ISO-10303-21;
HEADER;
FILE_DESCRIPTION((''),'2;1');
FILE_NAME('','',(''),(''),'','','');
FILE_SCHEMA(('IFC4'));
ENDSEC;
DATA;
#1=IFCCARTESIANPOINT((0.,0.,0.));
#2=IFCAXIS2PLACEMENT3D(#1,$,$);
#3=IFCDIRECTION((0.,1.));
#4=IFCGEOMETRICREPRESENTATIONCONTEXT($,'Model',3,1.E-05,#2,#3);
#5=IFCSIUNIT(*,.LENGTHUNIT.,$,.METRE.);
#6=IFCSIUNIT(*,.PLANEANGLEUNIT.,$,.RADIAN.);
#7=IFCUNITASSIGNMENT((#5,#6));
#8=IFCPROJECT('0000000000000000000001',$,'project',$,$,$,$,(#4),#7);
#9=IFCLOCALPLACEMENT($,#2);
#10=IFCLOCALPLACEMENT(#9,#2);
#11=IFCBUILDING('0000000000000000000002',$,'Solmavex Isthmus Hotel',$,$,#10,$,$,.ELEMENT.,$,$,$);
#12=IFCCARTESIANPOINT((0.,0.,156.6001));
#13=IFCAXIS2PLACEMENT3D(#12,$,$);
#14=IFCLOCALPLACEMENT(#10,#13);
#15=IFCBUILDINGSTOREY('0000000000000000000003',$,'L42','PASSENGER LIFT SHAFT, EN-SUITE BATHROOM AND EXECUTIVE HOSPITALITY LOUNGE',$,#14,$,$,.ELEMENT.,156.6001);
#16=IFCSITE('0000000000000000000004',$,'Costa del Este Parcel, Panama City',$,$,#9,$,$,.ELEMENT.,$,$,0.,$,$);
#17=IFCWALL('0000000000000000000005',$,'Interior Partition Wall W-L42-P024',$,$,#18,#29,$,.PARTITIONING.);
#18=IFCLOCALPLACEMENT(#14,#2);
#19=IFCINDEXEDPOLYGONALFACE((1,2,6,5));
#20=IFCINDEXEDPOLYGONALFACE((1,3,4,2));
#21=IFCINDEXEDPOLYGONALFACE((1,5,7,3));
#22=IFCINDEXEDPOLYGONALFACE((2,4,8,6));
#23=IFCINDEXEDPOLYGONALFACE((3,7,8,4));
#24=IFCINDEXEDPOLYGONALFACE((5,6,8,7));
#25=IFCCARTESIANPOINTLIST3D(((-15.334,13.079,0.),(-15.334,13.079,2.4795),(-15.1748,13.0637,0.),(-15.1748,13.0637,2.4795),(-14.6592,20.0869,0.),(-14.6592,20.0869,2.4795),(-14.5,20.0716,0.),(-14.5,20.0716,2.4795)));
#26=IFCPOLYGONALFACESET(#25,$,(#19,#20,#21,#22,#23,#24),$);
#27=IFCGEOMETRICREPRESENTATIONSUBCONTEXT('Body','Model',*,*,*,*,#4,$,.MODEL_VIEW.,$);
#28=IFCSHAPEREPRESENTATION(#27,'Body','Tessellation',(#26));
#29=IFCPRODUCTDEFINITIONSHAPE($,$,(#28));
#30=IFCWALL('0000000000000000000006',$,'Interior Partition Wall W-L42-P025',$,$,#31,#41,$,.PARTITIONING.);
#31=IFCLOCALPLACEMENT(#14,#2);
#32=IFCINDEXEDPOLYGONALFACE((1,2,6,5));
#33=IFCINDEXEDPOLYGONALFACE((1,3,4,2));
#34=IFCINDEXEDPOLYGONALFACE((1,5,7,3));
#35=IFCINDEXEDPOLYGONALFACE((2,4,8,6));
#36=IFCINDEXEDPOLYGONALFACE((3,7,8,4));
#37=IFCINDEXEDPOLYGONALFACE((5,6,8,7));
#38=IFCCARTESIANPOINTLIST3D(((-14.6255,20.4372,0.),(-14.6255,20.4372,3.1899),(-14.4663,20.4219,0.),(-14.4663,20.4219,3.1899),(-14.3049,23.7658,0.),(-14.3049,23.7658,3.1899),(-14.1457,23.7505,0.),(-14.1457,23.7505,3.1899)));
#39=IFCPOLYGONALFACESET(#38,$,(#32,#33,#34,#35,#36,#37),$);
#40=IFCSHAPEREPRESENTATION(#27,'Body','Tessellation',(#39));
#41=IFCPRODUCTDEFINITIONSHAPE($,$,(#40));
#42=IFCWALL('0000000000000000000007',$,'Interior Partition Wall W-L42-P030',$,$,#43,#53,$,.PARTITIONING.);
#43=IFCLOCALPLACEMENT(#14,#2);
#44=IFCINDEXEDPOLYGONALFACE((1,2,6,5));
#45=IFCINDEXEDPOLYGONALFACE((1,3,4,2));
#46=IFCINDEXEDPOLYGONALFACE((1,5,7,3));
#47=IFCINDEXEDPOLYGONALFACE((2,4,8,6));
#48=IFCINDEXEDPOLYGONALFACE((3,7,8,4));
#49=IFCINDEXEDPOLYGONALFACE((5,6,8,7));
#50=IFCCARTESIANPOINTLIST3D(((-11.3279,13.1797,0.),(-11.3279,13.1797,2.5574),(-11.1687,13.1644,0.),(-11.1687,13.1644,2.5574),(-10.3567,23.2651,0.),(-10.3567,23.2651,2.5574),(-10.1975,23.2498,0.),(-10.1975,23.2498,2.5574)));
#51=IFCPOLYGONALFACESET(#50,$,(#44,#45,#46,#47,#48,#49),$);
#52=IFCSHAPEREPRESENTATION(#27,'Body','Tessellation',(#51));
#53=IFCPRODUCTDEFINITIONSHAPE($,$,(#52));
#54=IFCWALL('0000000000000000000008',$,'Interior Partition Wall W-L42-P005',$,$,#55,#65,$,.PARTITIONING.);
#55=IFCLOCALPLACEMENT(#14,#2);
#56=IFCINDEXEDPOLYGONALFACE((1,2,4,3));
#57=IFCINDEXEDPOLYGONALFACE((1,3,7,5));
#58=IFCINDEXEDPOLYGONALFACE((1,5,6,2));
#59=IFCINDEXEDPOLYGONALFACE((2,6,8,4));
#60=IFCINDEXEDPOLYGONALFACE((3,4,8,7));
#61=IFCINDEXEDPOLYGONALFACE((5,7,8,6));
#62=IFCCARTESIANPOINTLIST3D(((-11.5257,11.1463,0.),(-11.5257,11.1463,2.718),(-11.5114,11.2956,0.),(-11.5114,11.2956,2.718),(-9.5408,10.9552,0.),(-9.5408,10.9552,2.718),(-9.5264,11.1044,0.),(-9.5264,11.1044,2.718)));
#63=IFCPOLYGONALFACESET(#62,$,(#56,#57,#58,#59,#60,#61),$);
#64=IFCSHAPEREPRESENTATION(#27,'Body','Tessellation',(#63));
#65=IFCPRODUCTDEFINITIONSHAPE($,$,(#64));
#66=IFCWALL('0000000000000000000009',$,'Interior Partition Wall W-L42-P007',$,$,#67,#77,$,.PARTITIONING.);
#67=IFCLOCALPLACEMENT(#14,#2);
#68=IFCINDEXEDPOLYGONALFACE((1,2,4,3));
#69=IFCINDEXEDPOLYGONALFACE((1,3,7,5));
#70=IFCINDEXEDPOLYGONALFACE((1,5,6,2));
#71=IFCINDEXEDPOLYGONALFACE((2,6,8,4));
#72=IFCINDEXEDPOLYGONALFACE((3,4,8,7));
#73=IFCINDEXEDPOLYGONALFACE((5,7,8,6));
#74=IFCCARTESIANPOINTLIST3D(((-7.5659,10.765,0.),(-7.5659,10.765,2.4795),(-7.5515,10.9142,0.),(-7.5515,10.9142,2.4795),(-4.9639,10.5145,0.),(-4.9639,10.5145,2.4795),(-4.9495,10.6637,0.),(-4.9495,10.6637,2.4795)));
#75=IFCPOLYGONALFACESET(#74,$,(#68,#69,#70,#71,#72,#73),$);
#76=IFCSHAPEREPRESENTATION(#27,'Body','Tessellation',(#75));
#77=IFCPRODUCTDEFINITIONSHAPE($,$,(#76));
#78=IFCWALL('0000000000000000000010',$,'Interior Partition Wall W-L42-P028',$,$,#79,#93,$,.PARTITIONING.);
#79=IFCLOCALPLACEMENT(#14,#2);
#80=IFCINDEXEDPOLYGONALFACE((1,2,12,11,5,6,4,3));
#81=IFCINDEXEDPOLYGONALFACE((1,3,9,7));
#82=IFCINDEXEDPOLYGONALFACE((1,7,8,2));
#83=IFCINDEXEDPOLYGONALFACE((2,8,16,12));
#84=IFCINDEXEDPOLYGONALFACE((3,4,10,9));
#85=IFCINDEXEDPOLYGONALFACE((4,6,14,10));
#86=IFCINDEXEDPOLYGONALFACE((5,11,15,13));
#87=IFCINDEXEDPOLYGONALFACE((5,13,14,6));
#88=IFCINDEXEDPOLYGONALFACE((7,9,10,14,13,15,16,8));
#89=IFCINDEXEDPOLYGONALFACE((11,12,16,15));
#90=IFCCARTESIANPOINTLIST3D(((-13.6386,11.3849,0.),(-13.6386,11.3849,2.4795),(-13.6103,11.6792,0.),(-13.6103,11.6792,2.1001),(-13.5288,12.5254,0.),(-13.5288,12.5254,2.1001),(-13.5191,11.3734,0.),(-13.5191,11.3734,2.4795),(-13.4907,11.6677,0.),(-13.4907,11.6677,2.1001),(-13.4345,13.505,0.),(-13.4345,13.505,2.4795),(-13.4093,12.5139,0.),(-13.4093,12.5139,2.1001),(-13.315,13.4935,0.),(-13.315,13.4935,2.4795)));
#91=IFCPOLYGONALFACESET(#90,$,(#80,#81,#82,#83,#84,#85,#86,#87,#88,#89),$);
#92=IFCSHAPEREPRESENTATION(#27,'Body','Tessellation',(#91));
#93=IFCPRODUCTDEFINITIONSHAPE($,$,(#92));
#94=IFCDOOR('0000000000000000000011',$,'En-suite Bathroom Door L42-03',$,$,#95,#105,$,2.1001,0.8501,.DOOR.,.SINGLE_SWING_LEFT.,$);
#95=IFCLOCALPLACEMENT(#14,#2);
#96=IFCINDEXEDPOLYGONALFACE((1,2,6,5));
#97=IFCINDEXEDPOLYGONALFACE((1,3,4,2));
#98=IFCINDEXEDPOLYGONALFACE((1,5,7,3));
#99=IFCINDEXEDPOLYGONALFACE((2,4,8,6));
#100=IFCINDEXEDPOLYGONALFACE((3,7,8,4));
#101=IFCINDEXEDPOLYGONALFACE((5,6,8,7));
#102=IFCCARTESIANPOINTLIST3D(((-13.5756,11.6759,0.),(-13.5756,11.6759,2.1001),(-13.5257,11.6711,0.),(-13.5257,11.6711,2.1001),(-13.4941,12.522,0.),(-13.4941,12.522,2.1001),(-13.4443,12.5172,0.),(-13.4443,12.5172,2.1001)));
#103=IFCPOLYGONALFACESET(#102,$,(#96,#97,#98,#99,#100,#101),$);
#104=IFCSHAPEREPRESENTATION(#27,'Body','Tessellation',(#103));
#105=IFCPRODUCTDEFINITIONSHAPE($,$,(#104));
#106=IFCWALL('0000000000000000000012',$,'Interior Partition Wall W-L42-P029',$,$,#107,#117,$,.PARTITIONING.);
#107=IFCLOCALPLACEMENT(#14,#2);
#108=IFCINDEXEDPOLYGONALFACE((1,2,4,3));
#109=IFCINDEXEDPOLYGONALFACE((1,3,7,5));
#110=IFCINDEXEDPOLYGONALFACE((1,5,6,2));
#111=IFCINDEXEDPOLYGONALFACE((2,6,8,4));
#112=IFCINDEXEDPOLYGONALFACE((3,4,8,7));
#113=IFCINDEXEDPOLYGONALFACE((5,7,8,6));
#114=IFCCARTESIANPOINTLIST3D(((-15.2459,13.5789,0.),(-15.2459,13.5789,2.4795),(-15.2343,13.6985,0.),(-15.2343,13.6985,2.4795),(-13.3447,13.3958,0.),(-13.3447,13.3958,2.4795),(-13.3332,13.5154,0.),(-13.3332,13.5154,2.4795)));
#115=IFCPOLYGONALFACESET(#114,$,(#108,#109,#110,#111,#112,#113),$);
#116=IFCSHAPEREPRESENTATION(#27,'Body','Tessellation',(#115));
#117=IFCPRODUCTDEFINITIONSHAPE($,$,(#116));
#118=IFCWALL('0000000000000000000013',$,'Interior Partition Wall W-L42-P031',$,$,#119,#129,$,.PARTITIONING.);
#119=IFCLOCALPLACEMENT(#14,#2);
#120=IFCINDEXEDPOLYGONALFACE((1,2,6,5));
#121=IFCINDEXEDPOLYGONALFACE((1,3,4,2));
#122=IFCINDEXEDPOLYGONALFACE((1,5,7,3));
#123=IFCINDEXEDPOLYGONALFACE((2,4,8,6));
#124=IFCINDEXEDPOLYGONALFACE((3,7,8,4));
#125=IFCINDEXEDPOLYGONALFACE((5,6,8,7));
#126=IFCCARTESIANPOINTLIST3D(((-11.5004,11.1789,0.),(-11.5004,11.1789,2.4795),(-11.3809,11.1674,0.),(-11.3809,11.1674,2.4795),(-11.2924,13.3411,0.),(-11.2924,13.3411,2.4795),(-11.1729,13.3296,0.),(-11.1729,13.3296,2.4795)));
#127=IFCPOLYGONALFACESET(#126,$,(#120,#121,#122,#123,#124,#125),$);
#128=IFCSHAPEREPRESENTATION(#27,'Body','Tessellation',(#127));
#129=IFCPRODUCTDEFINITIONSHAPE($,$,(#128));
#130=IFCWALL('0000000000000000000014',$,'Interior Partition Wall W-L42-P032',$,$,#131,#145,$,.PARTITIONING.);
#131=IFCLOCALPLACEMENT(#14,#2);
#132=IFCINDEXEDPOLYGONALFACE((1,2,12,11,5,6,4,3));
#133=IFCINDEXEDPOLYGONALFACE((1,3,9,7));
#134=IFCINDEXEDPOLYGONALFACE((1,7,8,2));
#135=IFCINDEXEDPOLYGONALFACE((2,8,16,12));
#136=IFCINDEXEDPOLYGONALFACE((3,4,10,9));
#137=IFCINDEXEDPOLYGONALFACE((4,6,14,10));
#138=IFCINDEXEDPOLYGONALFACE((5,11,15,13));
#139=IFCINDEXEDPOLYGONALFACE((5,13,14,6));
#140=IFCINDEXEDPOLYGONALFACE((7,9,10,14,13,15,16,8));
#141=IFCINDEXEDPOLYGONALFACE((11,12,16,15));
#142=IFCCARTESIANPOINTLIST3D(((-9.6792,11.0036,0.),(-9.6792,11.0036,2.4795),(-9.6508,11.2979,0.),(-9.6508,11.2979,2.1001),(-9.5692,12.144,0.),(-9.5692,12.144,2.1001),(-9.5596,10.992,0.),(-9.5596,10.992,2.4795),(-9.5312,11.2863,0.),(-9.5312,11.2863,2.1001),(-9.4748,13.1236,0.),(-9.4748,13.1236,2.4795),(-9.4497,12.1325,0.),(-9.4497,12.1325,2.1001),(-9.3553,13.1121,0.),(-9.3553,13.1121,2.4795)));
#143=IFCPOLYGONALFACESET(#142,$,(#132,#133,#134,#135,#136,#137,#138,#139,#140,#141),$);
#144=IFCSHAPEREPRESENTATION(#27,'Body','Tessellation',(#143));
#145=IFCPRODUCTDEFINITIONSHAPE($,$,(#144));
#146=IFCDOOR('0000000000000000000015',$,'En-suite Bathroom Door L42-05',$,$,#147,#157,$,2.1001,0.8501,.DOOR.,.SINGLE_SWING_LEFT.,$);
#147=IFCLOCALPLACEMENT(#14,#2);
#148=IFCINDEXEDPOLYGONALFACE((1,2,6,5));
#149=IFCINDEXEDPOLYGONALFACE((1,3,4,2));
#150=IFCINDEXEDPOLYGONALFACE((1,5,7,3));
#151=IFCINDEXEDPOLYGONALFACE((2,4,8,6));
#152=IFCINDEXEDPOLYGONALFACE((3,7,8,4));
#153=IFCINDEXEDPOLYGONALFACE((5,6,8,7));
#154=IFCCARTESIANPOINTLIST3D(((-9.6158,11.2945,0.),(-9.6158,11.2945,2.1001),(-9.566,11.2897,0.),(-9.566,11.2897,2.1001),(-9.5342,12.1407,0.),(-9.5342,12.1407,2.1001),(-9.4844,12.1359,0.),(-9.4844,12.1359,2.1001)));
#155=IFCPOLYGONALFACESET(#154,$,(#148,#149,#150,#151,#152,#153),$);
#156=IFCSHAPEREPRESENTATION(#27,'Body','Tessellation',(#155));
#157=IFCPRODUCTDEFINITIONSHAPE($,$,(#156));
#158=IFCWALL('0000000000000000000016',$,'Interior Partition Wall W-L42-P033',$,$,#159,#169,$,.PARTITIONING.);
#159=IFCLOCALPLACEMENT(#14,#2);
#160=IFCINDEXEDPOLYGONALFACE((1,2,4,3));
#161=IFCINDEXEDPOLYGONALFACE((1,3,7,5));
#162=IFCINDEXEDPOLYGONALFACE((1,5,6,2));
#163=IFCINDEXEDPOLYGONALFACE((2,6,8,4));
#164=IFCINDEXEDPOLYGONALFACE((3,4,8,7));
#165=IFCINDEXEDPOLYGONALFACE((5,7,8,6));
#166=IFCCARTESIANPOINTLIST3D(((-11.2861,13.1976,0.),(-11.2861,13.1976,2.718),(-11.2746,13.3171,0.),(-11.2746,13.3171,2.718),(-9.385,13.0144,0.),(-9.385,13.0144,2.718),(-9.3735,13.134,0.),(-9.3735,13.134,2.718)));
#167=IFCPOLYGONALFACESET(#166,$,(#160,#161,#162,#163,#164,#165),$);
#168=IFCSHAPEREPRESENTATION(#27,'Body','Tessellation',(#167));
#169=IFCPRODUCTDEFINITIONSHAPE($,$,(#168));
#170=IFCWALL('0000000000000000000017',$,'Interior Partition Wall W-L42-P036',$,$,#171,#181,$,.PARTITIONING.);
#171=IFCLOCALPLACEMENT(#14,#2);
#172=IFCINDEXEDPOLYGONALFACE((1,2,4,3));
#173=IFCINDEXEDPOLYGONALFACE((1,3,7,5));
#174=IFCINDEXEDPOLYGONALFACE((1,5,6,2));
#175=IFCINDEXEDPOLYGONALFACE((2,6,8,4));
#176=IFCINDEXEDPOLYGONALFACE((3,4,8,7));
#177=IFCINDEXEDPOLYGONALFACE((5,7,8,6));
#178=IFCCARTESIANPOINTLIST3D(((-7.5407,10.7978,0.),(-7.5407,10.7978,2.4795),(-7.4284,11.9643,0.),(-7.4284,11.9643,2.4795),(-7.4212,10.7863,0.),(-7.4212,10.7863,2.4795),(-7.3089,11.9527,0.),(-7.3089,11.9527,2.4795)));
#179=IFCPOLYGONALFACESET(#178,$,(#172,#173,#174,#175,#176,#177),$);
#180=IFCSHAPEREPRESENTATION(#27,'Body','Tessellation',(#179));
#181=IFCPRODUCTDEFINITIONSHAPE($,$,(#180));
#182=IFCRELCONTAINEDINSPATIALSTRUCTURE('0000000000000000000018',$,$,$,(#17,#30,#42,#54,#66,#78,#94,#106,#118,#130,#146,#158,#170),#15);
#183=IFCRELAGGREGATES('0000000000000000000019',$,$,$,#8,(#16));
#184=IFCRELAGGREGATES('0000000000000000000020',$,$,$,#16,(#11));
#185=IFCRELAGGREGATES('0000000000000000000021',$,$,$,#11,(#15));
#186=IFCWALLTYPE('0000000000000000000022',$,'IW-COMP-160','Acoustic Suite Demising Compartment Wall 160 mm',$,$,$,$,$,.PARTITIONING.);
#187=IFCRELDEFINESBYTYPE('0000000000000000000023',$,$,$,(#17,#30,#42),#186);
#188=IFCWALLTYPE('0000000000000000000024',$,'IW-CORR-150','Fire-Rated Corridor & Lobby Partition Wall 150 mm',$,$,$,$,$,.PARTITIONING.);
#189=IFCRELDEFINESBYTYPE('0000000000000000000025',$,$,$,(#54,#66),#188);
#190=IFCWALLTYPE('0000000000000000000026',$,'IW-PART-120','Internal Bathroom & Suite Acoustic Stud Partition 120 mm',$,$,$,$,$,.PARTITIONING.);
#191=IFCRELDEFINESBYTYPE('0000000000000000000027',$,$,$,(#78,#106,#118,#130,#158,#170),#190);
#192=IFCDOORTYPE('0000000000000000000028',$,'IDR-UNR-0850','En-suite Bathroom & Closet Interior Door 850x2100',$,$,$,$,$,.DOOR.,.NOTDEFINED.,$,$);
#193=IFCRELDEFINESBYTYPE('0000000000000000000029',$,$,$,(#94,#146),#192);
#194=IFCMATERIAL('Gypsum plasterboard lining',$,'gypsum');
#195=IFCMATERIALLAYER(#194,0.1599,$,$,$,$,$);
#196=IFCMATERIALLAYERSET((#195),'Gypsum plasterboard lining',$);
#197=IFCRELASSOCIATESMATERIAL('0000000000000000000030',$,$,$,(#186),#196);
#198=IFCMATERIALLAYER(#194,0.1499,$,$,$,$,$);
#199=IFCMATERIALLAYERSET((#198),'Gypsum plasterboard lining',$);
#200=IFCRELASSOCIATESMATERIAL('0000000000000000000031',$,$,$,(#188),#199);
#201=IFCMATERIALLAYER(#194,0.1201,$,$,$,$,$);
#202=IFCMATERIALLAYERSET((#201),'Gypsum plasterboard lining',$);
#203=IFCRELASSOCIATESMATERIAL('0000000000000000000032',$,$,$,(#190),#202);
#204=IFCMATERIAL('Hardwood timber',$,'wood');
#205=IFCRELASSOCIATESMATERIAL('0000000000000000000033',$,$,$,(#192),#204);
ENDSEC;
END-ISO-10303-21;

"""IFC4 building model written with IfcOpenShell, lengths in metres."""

from ifc_helpers import new_model, si_unit, direction, frame, frame_2d, origin, place, context, subcontext, project, spatial, rectangle, extrude, material, layer, layer_set, type_object, element, fill, save


model = new_model("IFC4")

# Units and contexts
model_context = context("Model", 3, precision=1e-05, world=origin(), true_north=direction((0.0, 1.0)))
body_context = subcontext(model_context, "Body", "Model", "MODEL_VIEW")
ifc_project = project(units=[si_unit("LENGTHUNIT", "METRE"), si_unit("PLANEANGLEUNIT", "RADIAN")], contexts=[model_context])

# Site, building, storey
site_placement = place(None, origin())
site = spatial("IfcSite", under=ifc_project, at=site_placement, Name="Costa del Este Parcel, Panama City", CompositionType="ELEMENT", RefElevation=0.0)
building_placement = place(site_placement, origin())
building = spatial("IfcBuilding", under=site, at=building_placement, Name="Solmavex Isthmus Hotel", CompositionType="ELEMENT")
storey_placement = place(building_placement, frame((0.0, 0.0, 156.6001)))
storey = spatial("IfcBuildingStorey", under=building, at=storey_placement, Name="L42", Description="PASSENGER LIFT SHAFT, EN-SUITE BATHROOM AND EXECUTIVE HOSPITALITY LOUNGE", CompositionType="ELEMENT", Elevation=156.6001)

# Walls
ifc_material_1 = material(Name="Gypsum plasterboard lining", Category="gypsum")
ifc_layer_1 = layer(ifc_material_1, 0.1599)
ifc_layer_set_1 = layer_set([ifc_layer_1], Name="Gypsum plasterboard lining")
wall_type_1 = type_object("IfcWallType", Name="IW-COMP-160", Description="Acoustic Suite Demising Compartment Wall 160 mm", PredefinedType="PARTITIONING", material=ifc_layer_set_1)
wall_1_placement = place(storey_placement, frame((-14.5796, 20.0791, 0.0), z_axis=(0.0, 0.0, 1.0), x_axis=(-0.09585, -0.995396, 0.0)))
element("IfcWall", 1, at=wall_1_placement, inside=storey, type_object=wall_type_1, Name="Interior Partition Wall W-L42-P024", PredefinedType="PARTITIONING", context=body_context, shape_type="SweptSolid", body=[
    extrude(rectangle(XDim=7.0403, YDim=0.1599, at=frame_2d((3.52, 0.0))), origin(), (0.0, 0.0, 1.0), 2.4795),
])
wall_2_placement = place(storey_placement, frame((-14.2253, 23.7581, 0.0), z_axis=(0.0, 0.0, 1.0), x_axis=(-0.09586, -0.995395, 0.0)))
element("IfcWall", 2, at=wall_2_placement, inside=storey, type_object=wall_type_1, Name="Interior Partition Wall W-L42-P025", PredefinedType="PARTITIONING", context=body_context, shape_type="SweptSolid", body=[
    extrude(rectangle(XDim=3.344, YDim=0.1599, at=frame_2d((1.6719, 0.0))), origin(), (0.0, 0.0, 1.0), 3.1899),
])
wall_3_placement = place(storey_placement, frame((-10.2771, 23.2573, 0.0), z_axis=(0.0, 0.0, 1.0), x_axis=(-0.095853, -0.995396, 0.0)))
element("IfcWall", 3, at=wall_3_placement, inside=storey, type_object=wall_type_1, Name="Interior Partition Wall W-L42-P030", PredefinedType="PARTITIONING", context=body_context, shape_type="SweptSolid", body=[
    extrude(rectangle(XDim=10.1321, YDim=0.1599, at=frame_2d((5.0659, 0.0))), origin(), (0.0, 0.0, 1.0), 2.5574),
])

# Shared definitions
ifc_layer_2 = layer(ifc_material_1, 0.1499)
ifc_layer_set_2 = layer_set([ifc_layer_2], Name="Gypsum plasterboard lining")
wall_type_2 = type_object("IfcWallType", Name="IW-CORR-150", Description="Fire-Rated Corridor & Lobby Partition Wall 150 mm", PredefinedType="PARTITIONING", material=ifc_layer_set_2)
ifc_material_2 = material(Name="Hardwood timber", Category="wood")

# Walls
wall_4_placement = place(storey_placement, frame((-11.5186, 11.2209, 0.0), z_axis=(0.0, 0.0, 1.0), x_axis=(0.995394, -0.095866, 0.0)))
element("IfcWall", 4, at=wall_4_placement, inside=storey, type_object=wall_type_2, Name="Interior Partition Wall W-L42-P005", PredefinedType="PARTITIONING", context=body_context, shape_type="SweptSolid", body=[
    extrude(rectangle(XDim=1.9941, YDim=0.1499, at=frame_2d((0.9971, 0.0))), origin(), (0.0, 0.0, 1.0), 2.718),
])
wall_5_placement = place(storey_placement, frame((-7.5588, 10.8396, 0.0), z_axis=(0.0, 0.0, 1.0), x_axis=(0.995398, -0.095823, 0.0)))
element("IfcWall", 5, at=wall_5_placement, inside=storey, type_object=wall_type_2, Name="Interior Partition Wall W-L42-P007", PredefinedType="PARTITIONING", context=body_context, shape_type="SweptSolid", body=[
    extrude(rectangle(XDim=2.614, YDim=0.1499, at=frame_2d((1.3071, 0.0))), origin(), (0.0, 0.0, 1.0), 2.4795),
])

# Wall, opening, door
ifc_layer_3 = layer(ifc_material_1, 0.1201)
ifc_layer_set_3 = layer_set([ifc_layer_3], Name="Gypsum plasterboard lining")
wall_type_3 = type_object("IfcWallType", Name="IW-PART-120", Description="Internal Bathroom & Suite Acoustic Stud Partition 120 mm", PredefinedType="PARTITIONING", material=ifc_layer_set_3)
wall_6_placement = place(storey_placement, frame((-13.5789, 11.3792, 0.0), z_axis=(0.0, 0.0, 1.0), x_axis=(0.095826, 0.995398, 0.0)))
wall_6 = element("IfcWall", 6, at=wall_6_placement, inside=storey, type_object=wall_type_3, Name="Interior Partition Wall W-L42-P028", PredefinedType="PARTITIONING", context=body_context, shape_type="SweptSolid", body=[
    extrude(rectangle(XDim=2.1299, YDim=0.1201, at=frame_2d((1.0649, 0.0))), origin(), (0.0, 0.0, 1.0), 2.4795),
])
opening_1_placement = place(wall_6_placement, frame((0.2957, 0.0, 0.0)))
opening_1 = element("IfcOpeningElement", 7, at=opening_1_placement, cuts=wall_6, PredefinedType="OPENING", context=body_context, shape_type="SweptSolid", body=[
    extrude(rectangle(XDim=0.8501, YDim=2.1001, at=frame_2d((0.425, 1.05))), frame((0.0, 0.0701, 0.0), z_axis=(0.0, -1.0, 0.0), x_axis=(1.0, 0.0, 0.0)), (0.0, 0.0, 1.0), 0.1401),
])
door_type_1 = type_object("IfcDoorType", Name="IDR-UNR-0850", Description="En-suite Bathroom & Closet Interior Door 850x2100", OperationType="NOTDEFINED", PredefinedType="DOOR", material=ifc_material_2)
door_1_placement = place(opening_1_placement, frame((0.8501, 0.0, 0.0), z_axis=(0.0, 0.0, 1.0), x_axis=(-1.0, 0.0, 0.0)))
door_1 = element("IfcDoor", 8, at=door_1_placement, inside=storey, type_object=door_type_1, Name="En-suite Bathroom Door L42-03", OperationType="SINGLE_SWING_LEFT", OverallHeight=2.1001, OverallWidth=0.8501, PredefinedType="DOOR", context=body_context, shape_type="SweptSolid", body=[
    extrude(rectangle(XDim=0.8501, YDim=2.1001, at=frame_2d((0.425, 1.05))), frame((0.0, 0.0249, 0.0), z_axis=(0.0, -1.0, 0.0), x_axis=(1.0, 0.0, 0.0)), (0.0, 0.0, 1.0), 0.05),
])
fill(opening_1, door_1)

# Walls
wall_7_placement = place(storey_placement, frame((-13.3389, 13.4556, 0.0), z_axis=(0.0, 0.0, 1.0), x_axis=(-0.995394, 0.095871, 0.0)))
element("IfcWall", 9, at=wall_7_placement, inside=storey, type_object=wall_type_3, Name="Interior Partition Wall W-L42-P029", PredefinedType="PARTITIONING", context=body_context, shape_type="SweptSolid", body=[
    extrude(rectangle(XDim=1.9099, YDim=0.1201, at=frame_2d((0.9551, 0.0))), origin(), (0.0, 0.0, 1.0), 2.4795),
])
wall_8_placement = place(storey_placement, frame((-11.2327, 13.3352, 0.0), z_axis=(0.0, 0.0, 1.0), x_axis=(-0.095764, -0.995404, 0.0)))
element("IfcWall", 10, at=wall_8_placement, inside=storey, type_object=wall_type_3, Name="Interior Partition Wall W-L42-P031", PredefinedType="PARTITIONING", context=body_context, shape_type="SweptSolid", body=[
    extrude(rectangle(XDim=2.1721, YDim=0.1201, at=frame_2d((1.0859, 0.0))), origin(), (0.0, 0.0, 1.0), 2.4795),
])

# Wall, opening, door
wall_9_placement = place(storey_placement, frame((-9.6194, 10.9978, 0.0), z_axis=(0.0, 0.0, 1.0), x_axis=(0.09594, 0.995387, 0.0)))
wall_9 = element("IfcWall", 11, at=wall_9_placement, inside=storey, type_object=wall_type_3, Name="Interior Partition Wall W-L42-P032", PredefinedType="PARTITIONING", context=body_context, shape_type="SweptSolid", body=[
    extrude(rectangle(XDim=2.1299, YDim=0.1201, at=frame_2d((1.0649, 0.0))), origin(), (0.0, 0.0, 1.0), 2.4795),
])
opening_2_placement = place(wall_9_placement, frame((0.2957, 0.0, 0.0)))
opening_2 = element("IfcOpeningElement", 12, at=opening_2_placement, cuts=wall_9, PredefinedType="OPENING", context=body_context, shape_type="SweptSolid", body=[
    extrude(rectangle(XDim=0.8501, YDim=2.1001, at=frame_2d((0.425, 1.05))), frame((0.0, 0.0701, 0.0), z_axis=(0.0, -1.0, 0.0), x_axis=(1.0, 0.0, 0.0)), (0.0, 0.0, 1.0), 0.1401),
])
door_2_placement = place(opening_2_placement, origin())
door_2 = element("IfcDoor", 13, at=door_2_placement, inside=storey, type_object=door_type_1, Name="En-suite Bathroom Door L42-05", OperationType="SINGLE_SWING_LEFT", OverallHeight=2.1001, OverallWidth=0.8501, PredefinedType="DOOR", context=body_context, shape_type="SweptSolid", body=[
    extrude(rectangle(XDim=0.8501, YDim=2.1001, at=frame_2d((0.425, 1.05))), frame((0.0, 0.0249, 0.0), z_axis=(0.0, -1.0, 0.0), x_axis=(1.0, 0.0, 0.0)), (0.0, 0.0, 1.0), 0.05),
])
fill(opening_2, door_2)

# Walls
wall_10_placement = place(storey_placement, frame((-9.3792, 13.0742, 0.0), z_axis=(0.0, 0.0, 1.0), x_axis=(-0.995394, 0.095871, 0.0)))
element("IfcWall", 14, at=wall_10_placement, inside=storey, type_object=wall_type_3, Name="Interior Partition Wall W-L42-P033", PredefinedType="PARTITIONING", context=body_context, shape_type="SweptSolid", body=[
    extrude(rectangle(XDim=1.9099, YDim=0.1201, at=frame_2d((0.9551, 0.0))), origin(), (0.0, 0.0, 1.0), 2.718),
])
wall_11_placement = place(storey_placement, frame((-7.3687, 11.9585, 0.0), z_axis=(0.0, 0.0, 1.0), x_axis=(-0.095831, -0.995398, 0.0)))
element("IfcWall", 15, at=wall_11_placement, inside=storey, type_object=wall_type_3, Name="Interior Partition Wall W-L42-P036", PredefinedType="PARTITIONING", context=body_context, shape_type="SweptSolid", body=[
    extrude(rectangle(XDim=1.1719, YDim=0.1201, at=frame_2d((0.5859, 0.0))), origin(), (0.0, 0.0, 1.0), 2.4795),
])

save(model, "model.ifc")
